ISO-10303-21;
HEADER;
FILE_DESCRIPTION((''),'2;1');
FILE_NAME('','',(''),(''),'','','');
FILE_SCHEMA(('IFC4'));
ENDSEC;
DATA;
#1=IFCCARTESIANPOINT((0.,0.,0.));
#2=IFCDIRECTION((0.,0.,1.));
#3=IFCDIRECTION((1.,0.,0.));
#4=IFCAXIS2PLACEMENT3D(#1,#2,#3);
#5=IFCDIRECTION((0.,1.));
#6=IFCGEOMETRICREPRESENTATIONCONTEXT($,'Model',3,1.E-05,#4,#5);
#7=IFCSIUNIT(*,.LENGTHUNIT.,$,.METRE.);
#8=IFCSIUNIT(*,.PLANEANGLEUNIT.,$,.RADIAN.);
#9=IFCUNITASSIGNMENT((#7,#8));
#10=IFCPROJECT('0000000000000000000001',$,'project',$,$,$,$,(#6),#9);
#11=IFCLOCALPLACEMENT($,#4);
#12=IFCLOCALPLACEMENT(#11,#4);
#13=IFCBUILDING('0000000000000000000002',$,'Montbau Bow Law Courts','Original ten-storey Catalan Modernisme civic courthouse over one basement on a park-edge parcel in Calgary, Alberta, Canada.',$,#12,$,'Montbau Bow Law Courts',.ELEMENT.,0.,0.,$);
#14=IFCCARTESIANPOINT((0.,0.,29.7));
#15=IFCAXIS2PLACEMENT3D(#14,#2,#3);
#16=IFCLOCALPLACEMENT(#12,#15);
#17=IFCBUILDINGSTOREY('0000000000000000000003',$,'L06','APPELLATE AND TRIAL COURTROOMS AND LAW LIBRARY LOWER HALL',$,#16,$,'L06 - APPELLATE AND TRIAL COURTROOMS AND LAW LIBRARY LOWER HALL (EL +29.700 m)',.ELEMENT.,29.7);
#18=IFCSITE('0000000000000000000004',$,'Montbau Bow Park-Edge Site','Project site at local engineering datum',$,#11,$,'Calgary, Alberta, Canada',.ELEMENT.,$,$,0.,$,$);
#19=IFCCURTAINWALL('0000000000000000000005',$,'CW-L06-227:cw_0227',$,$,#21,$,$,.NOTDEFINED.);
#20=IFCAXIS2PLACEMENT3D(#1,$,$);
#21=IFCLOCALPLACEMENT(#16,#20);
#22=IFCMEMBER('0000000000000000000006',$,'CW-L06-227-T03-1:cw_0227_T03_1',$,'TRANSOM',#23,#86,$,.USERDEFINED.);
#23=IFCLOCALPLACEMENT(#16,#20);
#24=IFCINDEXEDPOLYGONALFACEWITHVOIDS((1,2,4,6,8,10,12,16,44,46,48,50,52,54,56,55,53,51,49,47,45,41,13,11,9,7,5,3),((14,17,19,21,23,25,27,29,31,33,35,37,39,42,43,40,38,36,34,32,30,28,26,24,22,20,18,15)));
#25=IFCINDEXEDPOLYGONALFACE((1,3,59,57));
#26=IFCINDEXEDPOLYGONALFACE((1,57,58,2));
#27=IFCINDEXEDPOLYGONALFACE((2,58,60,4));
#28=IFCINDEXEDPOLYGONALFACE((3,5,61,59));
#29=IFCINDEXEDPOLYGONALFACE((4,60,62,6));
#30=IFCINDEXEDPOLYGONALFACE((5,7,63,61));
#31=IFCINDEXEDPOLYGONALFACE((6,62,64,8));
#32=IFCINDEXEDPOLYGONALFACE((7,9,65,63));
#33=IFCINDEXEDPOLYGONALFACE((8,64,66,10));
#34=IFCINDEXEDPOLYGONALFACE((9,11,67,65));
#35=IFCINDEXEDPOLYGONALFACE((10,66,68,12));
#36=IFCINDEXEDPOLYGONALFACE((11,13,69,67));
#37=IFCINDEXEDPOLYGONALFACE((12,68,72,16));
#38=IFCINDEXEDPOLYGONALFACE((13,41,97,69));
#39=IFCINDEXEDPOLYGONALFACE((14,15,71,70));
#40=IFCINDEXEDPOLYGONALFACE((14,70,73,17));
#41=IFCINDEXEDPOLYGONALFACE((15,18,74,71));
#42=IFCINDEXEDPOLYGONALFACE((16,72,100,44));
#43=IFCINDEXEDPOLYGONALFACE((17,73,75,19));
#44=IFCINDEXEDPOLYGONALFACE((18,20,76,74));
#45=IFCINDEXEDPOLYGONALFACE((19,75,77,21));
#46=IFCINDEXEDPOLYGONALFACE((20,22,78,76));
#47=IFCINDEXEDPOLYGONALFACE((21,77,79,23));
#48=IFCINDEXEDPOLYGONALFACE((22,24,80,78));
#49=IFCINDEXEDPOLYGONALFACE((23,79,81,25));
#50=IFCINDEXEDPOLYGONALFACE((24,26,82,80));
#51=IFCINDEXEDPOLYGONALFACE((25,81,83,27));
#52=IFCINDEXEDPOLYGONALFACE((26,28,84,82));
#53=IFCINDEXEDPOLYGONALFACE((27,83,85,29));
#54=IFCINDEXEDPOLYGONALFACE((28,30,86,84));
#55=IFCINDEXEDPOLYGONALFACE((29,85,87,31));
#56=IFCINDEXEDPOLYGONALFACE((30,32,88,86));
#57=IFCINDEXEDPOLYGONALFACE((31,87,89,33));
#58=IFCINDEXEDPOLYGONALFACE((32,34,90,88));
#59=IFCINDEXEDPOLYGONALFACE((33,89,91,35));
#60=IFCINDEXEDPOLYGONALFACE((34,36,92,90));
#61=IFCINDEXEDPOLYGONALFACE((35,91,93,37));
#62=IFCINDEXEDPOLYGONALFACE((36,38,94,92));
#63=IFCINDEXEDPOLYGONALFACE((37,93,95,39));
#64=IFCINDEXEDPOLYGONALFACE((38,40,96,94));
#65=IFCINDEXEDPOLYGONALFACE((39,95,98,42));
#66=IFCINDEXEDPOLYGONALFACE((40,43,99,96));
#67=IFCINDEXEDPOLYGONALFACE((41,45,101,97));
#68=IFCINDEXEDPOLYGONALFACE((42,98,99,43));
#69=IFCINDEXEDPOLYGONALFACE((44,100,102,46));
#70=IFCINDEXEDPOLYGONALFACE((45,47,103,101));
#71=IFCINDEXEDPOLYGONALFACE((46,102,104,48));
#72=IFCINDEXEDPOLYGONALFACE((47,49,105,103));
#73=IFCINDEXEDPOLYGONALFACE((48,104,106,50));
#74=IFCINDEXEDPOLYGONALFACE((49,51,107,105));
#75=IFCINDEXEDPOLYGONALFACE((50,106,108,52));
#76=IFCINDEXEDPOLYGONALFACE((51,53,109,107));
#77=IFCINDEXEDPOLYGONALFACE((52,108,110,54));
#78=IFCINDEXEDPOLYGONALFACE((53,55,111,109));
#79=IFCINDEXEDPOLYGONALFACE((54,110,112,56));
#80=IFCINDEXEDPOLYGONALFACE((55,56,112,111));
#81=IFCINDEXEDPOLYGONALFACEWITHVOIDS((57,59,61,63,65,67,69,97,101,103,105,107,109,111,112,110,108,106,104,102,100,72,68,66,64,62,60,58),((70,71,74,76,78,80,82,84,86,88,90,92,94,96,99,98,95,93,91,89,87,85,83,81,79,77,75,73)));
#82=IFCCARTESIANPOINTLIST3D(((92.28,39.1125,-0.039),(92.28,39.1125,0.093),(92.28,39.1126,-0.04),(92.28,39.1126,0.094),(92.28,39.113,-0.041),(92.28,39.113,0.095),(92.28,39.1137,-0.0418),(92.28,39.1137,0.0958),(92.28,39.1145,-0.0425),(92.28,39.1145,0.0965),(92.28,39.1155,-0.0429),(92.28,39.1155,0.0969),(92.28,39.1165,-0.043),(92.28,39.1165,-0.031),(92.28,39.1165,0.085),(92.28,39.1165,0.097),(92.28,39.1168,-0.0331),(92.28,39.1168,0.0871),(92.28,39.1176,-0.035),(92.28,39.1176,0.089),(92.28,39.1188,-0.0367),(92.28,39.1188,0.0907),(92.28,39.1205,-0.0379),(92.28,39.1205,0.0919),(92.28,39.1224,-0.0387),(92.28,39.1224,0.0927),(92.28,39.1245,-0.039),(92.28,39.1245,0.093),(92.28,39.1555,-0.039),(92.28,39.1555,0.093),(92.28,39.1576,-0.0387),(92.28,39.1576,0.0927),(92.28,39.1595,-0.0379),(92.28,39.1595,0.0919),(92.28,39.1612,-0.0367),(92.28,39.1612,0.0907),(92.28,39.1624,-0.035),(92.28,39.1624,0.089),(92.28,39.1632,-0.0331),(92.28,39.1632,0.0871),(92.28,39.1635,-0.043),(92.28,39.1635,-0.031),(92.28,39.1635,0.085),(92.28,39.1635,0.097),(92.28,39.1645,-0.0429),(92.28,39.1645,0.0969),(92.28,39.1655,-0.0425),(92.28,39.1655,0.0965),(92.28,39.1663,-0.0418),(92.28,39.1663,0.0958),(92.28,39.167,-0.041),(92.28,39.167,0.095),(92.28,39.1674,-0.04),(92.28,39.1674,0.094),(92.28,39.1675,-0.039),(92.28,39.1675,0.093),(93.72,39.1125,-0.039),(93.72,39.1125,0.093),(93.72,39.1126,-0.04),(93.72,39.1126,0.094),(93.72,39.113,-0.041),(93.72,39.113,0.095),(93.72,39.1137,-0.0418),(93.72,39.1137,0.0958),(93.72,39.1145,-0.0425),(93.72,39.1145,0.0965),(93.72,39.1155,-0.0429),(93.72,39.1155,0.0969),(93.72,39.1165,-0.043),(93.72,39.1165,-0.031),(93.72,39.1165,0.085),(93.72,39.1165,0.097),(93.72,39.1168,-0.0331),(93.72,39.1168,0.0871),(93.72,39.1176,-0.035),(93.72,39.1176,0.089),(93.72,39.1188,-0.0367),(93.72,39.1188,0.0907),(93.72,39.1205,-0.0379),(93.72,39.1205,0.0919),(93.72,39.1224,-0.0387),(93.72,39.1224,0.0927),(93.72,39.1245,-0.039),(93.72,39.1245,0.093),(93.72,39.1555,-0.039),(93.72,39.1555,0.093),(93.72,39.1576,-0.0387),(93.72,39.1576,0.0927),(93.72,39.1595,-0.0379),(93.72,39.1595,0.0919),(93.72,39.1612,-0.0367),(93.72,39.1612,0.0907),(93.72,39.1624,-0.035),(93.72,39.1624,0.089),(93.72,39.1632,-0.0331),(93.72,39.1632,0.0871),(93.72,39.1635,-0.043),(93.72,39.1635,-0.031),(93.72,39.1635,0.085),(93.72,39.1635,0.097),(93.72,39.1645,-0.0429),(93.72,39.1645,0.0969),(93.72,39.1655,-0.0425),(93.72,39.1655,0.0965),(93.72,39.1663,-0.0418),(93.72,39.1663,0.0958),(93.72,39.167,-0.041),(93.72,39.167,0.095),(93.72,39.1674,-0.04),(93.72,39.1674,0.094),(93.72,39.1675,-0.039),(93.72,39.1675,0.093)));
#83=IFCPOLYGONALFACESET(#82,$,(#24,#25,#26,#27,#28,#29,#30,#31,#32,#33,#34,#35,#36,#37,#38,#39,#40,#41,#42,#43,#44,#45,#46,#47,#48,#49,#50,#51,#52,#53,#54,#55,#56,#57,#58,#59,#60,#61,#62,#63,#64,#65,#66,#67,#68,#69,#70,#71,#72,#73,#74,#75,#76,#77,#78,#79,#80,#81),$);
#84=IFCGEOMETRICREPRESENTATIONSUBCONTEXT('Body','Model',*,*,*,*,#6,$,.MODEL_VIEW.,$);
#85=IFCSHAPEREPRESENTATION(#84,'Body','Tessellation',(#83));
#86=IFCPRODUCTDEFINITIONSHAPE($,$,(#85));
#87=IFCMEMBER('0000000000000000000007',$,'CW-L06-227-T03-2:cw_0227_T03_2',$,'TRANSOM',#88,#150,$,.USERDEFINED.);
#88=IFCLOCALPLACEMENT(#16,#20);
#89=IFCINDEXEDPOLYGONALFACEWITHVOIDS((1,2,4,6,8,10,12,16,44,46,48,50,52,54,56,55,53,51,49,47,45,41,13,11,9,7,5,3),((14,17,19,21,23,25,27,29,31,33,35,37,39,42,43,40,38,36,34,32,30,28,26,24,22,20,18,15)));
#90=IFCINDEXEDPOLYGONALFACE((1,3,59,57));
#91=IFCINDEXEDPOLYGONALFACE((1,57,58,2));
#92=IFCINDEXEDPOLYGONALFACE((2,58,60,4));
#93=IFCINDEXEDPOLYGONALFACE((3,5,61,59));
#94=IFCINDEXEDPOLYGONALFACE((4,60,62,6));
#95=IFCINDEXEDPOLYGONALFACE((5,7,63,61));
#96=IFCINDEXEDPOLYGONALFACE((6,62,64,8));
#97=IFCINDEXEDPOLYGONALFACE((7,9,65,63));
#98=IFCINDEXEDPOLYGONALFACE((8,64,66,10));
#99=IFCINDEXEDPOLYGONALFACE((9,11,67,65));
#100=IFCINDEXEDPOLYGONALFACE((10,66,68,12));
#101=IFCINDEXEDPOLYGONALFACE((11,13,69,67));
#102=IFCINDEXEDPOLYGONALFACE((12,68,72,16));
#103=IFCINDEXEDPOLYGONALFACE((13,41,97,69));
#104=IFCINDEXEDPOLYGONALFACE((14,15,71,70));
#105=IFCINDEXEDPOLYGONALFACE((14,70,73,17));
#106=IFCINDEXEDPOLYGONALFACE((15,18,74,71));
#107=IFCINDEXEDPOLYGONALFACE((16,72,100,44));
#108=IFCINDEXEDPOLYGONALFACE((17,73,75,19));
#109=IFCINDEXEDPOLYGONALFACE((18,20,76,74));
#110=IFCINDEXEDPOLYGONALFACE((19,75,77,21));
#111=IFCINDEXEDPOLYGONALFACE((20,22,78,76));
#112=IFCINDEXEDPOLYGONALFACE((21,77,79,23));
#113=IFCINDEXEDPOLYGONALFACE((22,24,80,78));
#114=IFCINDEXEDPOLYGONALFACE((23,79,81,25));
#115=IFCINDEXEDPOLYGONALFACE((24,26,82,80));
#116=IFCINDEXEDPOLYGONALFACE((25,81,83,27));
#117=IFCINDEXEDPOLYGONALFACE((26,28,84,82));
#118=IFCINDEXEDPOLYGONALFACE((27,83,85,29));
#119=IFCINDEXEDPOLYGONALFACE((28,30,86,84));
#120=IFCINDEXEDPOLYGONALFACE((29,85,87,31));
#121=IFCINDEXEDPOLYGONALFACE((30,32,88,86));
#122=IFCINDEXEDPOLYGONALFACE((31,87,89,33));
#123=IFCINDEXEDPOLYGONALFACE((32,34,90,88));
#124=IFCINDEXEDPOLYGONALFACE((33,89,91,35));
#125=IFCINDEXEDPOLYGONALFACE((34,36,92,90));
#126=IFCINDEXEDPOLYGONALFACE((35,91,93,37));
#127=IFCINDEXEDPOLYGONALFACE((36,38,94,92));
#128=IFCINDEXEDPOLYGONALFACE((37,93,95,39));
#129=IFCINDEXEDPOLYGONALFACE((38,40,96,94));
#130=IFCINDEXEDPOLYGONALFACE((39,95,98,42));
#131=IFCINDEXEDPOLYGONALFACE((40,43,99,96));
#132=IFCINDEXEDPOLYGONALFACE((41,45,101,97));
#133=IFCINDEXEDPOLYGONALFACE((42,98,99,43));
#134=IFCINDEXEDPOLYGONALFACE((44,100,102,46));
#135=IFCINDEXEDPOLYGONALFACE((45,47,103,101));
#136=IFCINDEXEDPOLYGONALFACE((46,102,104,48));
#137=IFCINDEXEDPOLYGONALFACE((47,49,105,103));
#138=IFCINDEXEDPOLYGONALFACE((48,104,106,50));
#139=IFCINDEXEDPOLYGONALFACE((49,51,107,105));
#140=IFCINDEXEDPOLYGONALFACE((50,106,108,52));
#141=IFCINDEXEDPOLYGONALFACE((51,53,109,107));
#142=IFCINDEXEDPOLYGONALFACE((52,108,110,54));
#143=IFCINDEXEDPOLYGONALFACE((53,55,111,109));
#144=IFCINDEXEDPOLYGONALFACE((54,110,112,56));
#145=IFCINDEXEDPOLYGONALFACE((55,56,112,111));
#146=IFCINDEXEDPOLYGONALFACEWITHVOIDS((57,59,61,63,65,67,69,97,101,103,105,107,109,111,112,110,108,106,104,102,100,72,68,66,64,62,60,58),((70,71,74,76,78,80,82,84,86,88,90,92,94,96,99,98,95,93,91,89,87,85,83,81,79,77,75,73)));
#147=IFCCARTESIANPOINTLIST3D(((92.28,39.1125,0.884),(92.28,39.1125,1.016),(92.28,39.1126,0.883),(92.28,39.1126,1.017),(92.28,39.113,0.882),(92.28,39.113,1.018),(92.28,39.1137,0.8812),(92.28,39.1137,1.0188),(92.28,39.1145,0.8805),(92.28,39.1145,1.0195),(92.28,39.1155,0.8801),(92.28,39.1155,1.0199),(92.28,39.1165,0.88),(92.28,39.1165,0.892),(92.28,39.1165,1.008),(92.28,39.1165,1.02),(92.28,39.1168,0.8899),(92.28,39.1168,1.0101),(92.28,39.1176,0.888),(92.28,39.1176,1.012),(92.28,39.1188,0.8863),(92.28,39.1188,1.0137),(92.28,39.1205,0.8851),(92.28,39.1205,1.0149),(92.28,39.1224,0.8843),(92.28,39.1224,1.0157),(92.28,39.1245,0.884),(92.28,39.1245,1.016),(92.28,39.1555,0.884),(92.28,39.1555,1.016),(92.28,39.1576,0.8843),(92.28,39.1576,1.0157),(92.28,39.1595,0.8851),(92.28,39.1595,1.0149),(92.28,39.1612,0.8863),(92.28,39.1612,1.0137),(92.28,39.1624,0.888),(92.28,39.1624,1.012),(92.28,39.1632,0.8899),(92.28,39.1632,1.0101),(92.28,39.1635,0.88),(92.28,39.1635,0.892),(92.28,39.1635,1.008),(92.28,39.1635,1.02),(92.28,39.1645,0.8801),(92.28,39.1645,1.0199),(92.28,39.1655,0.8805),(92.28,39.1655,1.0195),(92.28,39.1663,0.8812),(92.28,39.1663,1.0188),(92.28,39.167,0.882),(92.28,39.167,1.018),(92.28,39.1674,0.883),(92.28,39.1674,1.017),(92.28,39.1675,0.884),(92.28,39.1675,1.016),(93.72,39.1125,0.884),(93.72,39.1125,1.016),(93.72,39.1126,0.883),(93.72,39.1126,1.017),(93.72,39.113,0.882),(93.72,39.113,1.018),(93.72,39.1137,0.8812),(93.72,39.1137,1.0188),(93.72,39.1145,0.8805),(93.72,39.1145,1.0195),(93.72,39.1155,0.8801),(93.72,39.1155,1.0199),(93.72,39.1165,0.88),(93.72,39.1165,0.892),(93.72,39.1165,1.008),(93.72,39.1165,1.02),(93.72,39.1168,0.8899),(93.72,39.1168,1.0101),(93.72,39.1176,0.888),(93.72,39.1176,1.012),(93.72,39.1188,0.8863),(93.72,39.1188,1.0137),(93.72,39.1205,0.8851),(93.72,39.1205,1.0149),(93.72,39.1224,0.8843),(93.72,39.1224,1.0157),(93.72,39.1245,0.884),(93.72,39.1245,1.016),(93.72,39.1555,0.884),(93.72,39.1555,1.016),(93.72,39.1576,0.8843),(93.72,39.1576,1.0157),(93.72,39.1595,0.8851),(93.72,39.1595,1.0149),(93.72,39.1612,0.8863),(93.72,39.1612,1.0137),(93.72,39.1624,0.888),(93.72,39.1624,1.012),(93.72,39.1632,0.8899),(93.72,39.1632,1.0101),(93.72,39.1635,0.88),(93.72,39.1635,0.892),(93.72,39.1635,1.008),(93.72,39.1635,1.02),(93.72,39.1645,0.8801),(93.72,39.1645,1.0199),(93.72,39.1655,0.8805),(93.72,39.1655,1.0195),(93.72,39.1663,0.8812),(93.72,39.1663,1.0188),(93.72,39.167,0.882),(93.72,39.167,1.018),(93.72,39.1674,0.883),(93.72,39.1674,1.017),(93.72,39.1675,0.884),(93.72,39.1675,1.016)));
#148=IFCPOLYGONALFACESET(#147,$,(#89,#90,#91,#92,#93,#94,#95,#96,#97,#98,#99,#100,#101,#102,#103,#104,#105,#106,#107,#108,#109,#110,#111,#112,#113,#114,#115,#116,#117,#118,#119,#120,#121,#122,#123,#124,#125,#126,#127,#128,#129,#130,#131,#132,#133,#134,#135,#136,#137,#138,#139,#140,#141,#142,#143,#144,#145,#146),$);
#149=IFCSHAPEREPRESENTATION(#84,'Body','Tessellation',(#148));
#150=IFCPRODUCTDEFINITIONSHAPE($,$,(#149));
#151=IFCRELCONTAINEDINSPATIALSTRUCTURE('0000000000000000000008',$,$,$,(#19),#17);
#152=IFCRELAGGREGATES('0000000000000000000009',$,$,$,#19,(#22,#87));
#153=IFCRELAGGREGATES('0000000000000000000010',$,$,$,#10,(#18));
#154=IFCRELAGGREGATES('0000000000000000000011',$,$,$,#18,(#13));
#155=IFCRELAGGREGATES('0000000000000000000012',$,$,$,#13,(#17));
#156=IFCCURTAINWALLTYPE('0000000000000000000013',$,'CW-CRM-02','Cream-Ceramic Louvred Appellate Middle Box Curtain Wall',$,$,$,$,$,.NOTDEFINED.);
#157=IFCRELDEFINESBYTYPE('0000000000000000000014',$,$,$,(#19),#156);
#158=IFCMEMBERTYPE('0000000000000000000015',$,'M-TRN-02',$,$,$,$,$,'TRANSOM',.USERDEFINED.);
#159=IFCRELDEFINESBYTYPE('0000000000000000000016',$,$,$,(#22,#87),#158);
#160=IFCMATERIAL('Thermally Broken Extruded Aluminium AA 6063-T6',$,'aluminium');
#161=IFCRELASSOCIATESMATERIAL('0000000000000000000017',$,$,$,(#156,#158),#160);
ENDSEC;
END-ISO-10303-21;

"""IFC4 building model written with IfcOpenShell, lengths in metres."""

from ifc_helpers import new_model, si_unit, direction, frame, origin_with_axes, origin_2d_with_axis, place, context, subcontext, project, spatial, hollow_rectangle, extrude, material, material_profile, profile_set, type_object, element, aggregate, save


model = new_model("IFC4")

# Units and contexts
model_context = context("Model", 3, precision=1e-05, world=origin_with_axes(), true_north=direction((0.0, 1.0)))
body_context = subcontext(model_context, "Body", "Model", "MODEL_VIEW")
ifc_project = project(units=[si_unit("LENGTHUNIT", "METRE"), si_unit("PLANEANGLEUNIT", "RADIAN")], contexts=[model_context])

# Site, building, storey
site_placement = place(None, origin_with_axes())
site = spatial("IfcSite", under=ifc_project, at=site_placement, Name="Montbau Bow Park-Edge Site", Description="Project site at local engineering datum", LongName="Calgary, Alberta, Canada", CompositionType="ELEMENT", RefElevation=0.0)
building_placement = place(site_placement, origin_with_axes())
building = spatial("IfcBuilding", under=site, at=building_placement, Name="Montbau Bow Law Courts", Description="Original ten-storey Catalan Modernisme civic courthouse over one basement on a park-edge parcel in Calgary, Alberta, Canada.", LongName="Montbau Bow Law Courts", CompositionType="ELEMENT", ElevationOfRefHeight=0.0, ElevationOfTerrain=0.0)
storey_placement = place(building_placement, frame((0.0, 0.0, 29.7), z_axis=(0.0, 0.0, 1.0), x_axis=(1.0, 0.0, 0.0)))
storey = spatial("IfcBuildingStorey", under=building, at=storey_placement, Name="L06", Description="APPELLATE AND TRIAL COURTROOMS AND LAW LIBRARY LOWER HALL", LongName="L06 - APPELLATE AND TRIAL COURTROOMS AND LAW LIBRARY LOWER HALL (EL +29.700 m)", CompositionType="ELEMENT", Elevation=29.7)

# Curtain wall, members
ifc_material_1 = material(Name="Thermally Broken Extruded Aluminium AA 6063-T6", Category="aluminium")
curtain_wall_type = type_object("IfcCurtainWallType", Name="CW-CRM-02", Description="Cream-Ceramic Louvred Appellate Middle Box Curtain Wall", PredefinedType="NOTDEFINED", material=ifc_material_1)
curtain_wall_placement = place(None, frame((89.24, 39.14, 29.7), z_axis=(0.0, 0.0, 1.0), x_axis=(1.0, 0.0, 0.0)))
curtain_wall = element("IfcCurtainWall", 1, at=curtain_wall_placement, inside=storey, type_object=curtain_wall_type, Name="CW-L06-227:cw_0227", PredefinedType="NOTDEFINED")
ifc_material_profile_1 = material_profile(ifc_material_1, hollow_rectangle(XDim=0.055, YDim=0.14, WallThickness=0.004, InnerFilletRadius=0.008, OuterFilletRadius=0.004, at=origin_2d_with_axis()), Name="CWT-140X55", Category="Main", Priority=0)
ifc_profile_set_1 = profile_set([ifc_material_profile_1], Name="Thermally Broken Extruded Aluminium AA 6063-T6")
member_type_1 = type_object("IfcMemberType", Name="M-TRN-02", ElementType="TRANSOM", PredefinedType="USERDEFINED", material=ifc_profile_set_1)
member_1_placement = place(None, frame((92.28, 39.14, 29.727), z_axis=(1.0, 0.0, 0.0), x_axis=(0.0, 1.0, 0.0)))
member_1 = element("IfcMember", 2, at=member_1_placement, type_object=member_type_1, Name="CW-L06-227-T03-1:cw_0227_T03_1", ObjectType="TRANSOM", PredefinedType="USERDEFINED", context=body_context, shape_type="SweptSolid", body=[
    extrude(hollow_rectangle(XDim=0.055, YDim=0.14, WallThickness=0.004, InnerFilletRadius=0.008, OuterFilletRadius=0.004, at=origin_2d_with_axis()), origin_with_axes(), (0.0, 0.0, 1.0), 1.44),
])
member_2_placement = place(None, frame((92.28, 39.14, 30.65), z_axis=(1.0, 0.0, 0.0), x_axis=(0.0, 1.0, 0.0)))
member_2 = element("IfcMember", 3, at=member_2_placement, type_object=member_type_1, Name="CW-L06-227-T03-2:cw_0227_T03_2", ObjectType="TRANSOM", PredefinedType="USERDEFINED", context=body_context, shape_type="SweptSolid", body=[
    extrude(hollow_rectangle(XDim=0.055, YDim=0.14, WallThickness=0.004, InnerFilletRadius=0.008, OuterFilletRadius=0.004, at=origin_2d_with_axis()), origin_with_axes(), (0.0, 0.0, 1.0), 1.44),
])
aggregate(curtain_wall, [member_1, member_2])

save(model, "model.ifc")
